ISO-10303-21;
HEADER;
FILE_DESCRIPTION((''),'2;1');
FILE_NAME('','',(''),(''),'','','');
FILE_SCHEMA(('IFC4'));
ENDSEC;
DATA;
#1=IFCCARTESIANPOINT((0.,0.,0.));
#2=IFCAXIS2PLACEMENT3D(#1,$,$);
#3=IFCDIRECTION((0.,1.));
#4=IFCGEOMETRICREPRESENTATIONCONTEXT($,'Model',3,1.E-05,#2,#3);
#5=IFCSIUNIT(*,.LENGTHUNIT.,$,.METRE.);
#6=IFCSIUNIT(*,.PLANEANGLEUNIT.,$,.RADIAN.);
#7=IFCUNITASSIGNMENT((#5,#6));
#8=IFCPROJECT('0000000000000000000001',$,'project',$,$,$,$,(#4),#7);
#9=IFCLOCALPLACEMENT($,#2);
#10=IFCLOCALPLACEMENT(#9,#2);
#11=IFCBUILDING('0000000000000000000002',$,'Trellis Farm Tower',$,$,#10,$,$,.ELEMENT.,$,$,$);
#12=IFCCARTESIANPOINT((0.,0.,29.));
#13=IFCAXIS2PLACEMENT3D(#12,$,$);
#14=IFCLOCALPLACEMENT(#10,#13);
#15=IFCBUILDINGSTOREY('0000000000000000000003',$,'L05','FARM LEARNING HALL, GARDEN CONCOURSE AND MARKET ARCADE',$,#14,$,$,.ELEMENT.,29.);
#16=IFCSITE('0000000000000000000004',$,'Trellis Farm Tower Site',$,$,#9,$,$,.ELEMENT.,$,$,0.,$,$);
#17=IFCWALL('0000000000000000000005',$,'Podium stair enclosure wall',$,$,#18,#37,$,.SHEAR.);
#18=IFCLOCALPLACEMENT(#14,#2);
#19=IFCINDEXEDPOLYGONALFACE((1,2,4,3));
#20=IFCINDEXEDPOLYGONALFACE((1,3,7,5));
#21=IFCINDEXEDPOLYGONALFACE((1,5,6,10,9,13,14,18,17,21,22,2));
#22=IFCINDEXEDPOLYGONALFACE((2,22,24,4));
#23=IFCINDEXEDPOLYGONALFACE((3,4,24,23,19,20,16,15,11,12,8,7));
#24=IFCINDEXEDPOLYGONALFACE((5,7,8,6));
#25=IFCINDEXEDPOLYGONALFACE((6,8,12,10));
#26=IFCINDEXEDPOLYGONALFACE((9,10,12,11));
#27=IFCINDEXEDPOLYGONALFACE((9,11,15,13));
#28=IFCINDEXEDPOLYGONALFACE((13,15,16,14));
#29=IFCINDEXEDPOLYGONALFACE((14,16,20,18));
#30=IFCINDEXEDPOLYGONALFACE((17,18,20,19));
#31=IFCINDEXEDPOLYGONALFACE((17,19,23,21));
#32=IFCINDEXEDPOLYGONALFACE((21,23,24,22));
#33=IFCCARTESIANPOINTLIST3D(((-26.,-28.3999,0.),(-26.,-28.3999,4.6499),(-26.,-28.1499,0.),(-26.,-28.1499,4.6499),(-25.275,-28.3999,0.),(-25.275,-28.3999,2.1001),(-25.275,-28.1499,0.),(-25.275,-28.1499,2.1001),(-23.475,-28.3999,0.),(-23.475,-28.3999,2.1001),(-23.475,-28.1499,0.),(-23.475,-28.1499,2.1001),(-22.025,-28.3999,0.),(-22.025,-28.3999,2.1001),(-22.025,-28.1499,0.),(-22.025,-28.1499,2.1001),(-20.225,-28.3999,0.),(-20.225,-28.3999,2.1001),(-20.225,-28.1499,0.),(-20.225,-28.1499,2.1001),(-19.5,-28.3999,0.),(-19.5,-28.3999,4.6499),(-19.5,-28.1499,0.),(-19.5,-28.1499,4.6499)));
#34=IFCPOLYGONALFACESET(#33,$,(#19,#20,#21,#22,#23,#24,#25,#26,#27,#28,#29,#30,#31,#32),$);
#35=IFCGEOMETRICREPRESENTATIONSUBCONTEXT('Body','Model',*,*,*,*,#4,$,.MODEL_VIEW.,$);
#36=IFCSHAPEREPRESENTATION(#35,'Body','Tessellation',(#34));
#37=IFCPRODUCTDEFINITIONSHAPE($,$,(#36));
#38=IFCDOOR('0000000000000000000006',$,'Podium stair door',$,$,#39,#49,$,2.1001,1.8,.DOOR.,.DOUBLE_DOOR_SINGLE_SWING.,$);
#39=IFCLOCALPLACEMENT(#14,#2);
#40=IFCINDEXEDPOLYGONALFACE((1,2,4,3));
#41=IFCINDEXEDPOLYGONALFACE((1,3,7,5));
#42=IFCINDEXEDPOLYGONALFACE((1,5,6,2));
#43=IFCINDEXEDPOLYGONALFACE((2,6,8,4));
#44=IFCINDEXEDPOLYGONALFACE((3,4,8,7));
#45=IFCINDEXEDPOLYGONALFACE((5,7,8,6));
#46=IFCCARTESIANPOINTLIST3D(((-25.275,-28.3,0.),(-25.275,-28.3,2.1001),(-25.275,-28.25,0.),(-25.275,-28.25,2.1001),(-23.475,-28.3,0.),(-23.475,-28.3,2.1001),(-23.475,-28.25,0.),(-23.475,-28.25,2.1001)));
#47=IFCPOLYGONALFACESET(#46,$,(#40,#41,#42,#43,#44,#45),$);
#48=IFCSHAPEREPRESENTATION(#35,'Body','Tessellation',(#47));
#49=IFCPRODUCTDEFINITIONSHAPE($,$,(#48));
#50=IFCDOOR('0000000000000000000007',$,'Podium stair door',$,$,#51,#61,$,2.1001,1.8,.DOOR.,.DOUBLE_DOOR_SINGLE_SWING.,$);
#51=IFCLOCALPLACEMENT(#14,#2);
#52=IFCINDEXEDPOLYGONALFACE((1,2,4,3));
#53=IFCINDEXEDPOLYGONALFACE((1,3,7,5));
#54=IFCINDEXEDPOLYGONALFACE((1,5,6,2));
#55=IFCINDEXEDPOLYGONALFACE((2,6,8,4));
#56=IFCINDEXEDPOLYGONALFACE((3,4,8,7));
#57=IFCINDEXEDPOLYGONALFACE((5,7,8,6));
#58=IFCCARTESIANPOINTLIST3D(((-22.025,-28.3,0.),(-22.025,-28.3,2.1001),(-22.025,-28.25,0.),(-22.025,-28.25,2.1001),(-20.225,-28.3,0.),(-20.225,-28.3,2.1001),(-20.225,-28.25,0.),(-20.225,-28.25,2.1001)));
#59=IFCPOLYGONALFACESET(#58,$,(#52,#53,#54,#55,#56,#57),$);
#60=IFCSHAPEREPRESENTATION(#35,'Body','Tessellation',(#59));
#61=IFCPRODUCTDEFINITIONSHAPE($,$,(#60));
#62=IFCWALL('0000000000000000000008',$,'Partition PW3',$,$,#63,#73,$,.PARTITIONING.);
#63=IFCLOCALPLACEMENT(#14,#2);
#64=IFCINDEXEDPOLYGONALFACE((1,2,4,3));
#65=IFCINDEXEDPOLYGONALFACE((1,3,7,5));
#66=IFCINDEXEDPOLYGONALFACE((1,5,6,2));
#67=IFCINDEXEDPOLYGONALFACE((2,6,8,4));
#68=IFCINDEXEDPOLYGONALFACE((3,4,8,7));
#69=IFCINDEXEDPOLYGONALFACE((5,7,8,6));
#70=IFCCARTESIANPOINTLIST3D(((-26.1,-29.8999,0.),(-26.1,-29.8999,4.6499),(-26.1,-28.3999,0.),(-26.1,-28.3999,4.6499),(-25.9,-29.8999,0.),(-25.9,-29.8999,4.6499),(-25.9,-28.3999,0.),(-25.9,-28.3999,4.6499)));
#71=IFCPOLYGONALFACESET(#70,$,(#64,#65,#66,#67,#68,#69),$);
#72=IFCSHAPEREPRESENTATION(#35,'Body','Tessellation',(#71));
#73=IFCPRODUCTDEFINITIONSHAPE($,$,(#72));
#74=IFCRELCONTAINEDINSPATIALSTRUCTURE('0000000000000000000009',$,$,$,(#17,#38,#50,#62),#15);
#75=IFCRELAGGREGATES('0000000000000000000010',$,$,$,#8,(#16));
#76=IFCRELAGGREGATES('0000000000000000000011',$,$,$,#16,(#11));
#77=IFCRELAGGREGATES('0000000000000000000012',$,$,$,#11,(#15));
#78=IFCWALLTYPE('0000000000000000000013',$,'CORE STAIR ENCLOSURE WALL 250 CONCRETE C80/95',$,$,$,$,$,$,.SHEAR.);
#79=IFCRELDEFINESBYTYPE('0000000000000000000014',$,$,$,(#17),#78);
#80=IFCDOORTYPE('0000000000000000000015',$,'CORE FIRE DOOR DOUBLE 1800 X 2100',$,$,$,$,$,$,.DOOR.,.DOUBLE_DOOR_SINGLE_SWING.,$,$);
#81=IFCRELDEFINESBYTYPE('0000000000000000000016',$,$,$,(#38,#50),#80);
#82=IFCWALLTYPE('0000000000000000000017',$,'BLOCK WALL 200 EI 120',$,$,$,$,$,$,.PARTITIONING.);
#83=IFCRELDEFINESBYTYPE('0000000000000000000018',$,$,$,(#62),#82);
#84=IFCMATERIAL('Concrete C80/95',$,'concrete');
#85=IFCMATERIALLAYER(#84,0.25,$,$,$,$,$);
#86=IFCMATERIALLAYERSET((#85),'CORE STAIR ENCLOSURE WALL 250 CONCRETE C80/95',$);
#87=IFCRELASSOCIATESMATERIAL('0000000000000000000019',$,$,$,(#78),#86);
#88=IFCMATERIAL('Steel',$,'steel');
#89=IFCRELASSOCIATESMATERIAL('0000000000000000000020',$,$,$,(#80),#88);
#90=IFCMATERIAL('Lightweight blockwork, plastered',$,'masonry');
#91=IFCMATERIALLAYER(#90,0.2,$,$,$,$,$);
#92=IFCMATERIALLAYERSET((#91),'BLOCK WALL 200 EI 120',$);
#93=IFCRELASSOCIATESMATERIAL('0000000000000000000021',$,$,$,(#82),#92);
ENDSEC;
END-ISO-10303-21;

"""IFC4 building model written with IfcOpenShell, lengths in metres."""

from ifc_helpers import new_model, si_unit, direction, frame, frame_2d, origin, place, context, subcontext, project, spatial, rectangle, extrude, source, transform, mapped, material, layer, layer_set, type_object, element, fill, save


model = new_model("IFC4")

# Units and contexts
model_context = context("Model", 3, precision=1e-05, world=origin(), true_north=direction((0.0, 1.0)))
body_context = subcontext(model_context, "Body", "Model", "MODEL_VIEW")
ifc_project = project(units=[si_unit("LENGTHUNIT", "METRE"), si_unit("PLANEANGLEUNIT", "RADIAN")], contexts=[model_context])

# Site, building, storey
site_placement = place(None, origin())
site = spatial("IfcSite", under=ifc_project, at=site_placement, Name="Trellis Farm Tower Site", CompositionType="ELEMENT", RefElevation=0.0)
building_placement = place(site_placement, origin())
building = spatial("IfcBuilding", under=site, at=building_placement, Name="Trellis Farm Tower", CompositionType="ELEMENT")
storey_placement = place(building_placement, frame((0.0, 0.0, 29.0)))
storey = spatial("IfcBuildingStorey", under=building, at=storey_placement, Name="L05", Description="FARM LEARNING HALL, GARDEN CONCOURSE AND MARKET ARCADE", CompositionType="ELEMENT", Elevation=29.0)

# Wall, openings, doors
ifc_material_1 = material(Name="Concrete C80/95", Category="concrete")
ifc_layer_1 = layer(ifc_material_1, 0.25)
ifc_layer_set_1 = layer_set([ifc_layer_1], Name="CORE STAIR ENCLOSURE WALL 250 CONCRETE C80/95")
wall_type_1 = type_object("IfcWallType", Name="CORE STAIR ENCLOSURE WALL 250 CONCRETE C80/95", PredefinedType="SHEAR", material=ifc_layer_set_1)
shared_shape_1 = source(origin(), body_context, "Body", "SweptSolid", [
    extrude(rectangle(XDim=6.5, YDim=0.25, at=frame_2d((3.25, 0.0))), origin(), (0.0, 0.0, 1.0), 4.6499),
])
wall_1_placement = place(storey_placement, frame((-26.0, -28.2749, 0.0), z_axis=(0.0, 0.0, 1.0), x_axis=(1.0, 0.0, 0.0)))
wall_1 = element("IfcWall", 1, at=wall_1_placement, inside=storey, type_object=wall_type_1, Name="Podium stair enclosure wall", PredefinedType="SHEAR", context=body_context, shape_type="MappedRepresentation", body=[
    mapped(shared_shape_1, transform((0.0, 0.0, 0.0))),
])
shared_shape_2 = source(origin(), body_context, "Body", "SweptSolid", [
    extrude(rectangle(XDim=1.8, YDim=2.1001, at=frame_2d((0.8999, 1.05))), frame((0.0, 0.135, 0.0), z_axis=(0.0, -1.0, 0.0), x_axis=(1.0, 0.0, 0.0)), (0.0, 0.0, 1.0), 0.27),
])
opening_1_placement = place(wall_1_placement, frame((0.7251, 0.0, 0.0)))
opening_1 = element("IfcOpeningElement", 2, at=opening_1_placement, cuts=wall_1, PredefinedType="OPENING", context=body_context, shape_type="MappedRepresentation", body=[
    mapped(shared_shape_2, transform((0.0, 0.0, 0.0))),
])
opening_2_placement = place(wall_1_placement, frame((3.9751, 0.0, 0.0)))
opening_2 = element("IfcOpeningElement", 3, at=opening_2_placement, cuts=wall_1, PredefinedType="OPENING", context=body_context, shape_type="MappedRepresentation", body=[
    mapped(shared_shape_2, transform((0.0, 0.0, 0.0))),
])
ifc_material_2 = material(Name="Steel", Category="steel")
door_type = type_object("IfcDoorType", Name="CORE FIRE DOOR DOUBLE 1800 X 2100", OperationType="DOUBLE_DOOR_SINGLE_SWING", PredefinedType="DOOR", material=ifc_material_2)
shared_shape_3 = source(origin(), body_context, "Body", "SweptSolid", [
    extrude(rectangle(XDim=1.8, YDim=2.1001, at=frame_2d((0.8999, 1.05))), frame((0.0, 0.0249, 0.0), z_axis=(0.0, -1.0, 0.0), x_axis=(1.0, 0.0, 0.0)), (0.0, 0.0, 1.0), 0.05),
])
door_1_placement = place(opening_1_placement, origin())
door_1 = element("IfcDoor", 4, at=door_1_placement, inside=storey, type_object=door_type, Name="Podium stair door", OperationType="DOUBLE_DOOR_SINGLE_SWING", OverallHeight=2.1001, OverallWidth=1.8, PredefinedType="DOOR", context=body_context, shape_type="MappedRepresentation", body=[
    mapped(shared_shape_3, transform((0.0, 0.0, 0.0))),
])
fill(opening_1, door_1)
door_2_placement = place(opening_2_placement, origin())
door_2 = element("IfcDoor", 5, at=door_2_placement, inside=storey, type_object=door_type, Name="Podium stair door", OperationType="DOUBLE_DOOR_SINGLE_SWING", OverallHeight=2.1001, OverallWidth=1.8, PredefinedType="DOOR", context=body_context, shape_type="MappedRepresentation", body=[
    mapped(shared_shape_3, transform((0.0, 0.0, 0.0))),
])
fill(opening_2, door_2)

# Wall
ifc_material_3 = material(Name="Lightweight blockwork, plastered", Category="masonry")
ifc_layer_2 = layer(ifc_material_3, 0.2)
ifc_layer_set_2 = layer_set([ifc_layer_2], Name="BLOCK WALL 200 EI 120")
wall_type_2 = type_object("IfcWallType", Name="BLOCK WALL 200 EI 120", PredefinedType="PARTITIONING", material=ifc_layer_set_2)
shared_shape_4 = source(origin(), body_context, "Body", "SweptSolid", [
    extrude(rectangle(XDim=1.5, YDim=0.2, at=frame_2d((0.75, 0.0))), origin(), (0.0, 0.0, 1.0), 4.6499),
])
wall_2_placement = place(storey_placement, frame((-26.0, -29.8999, 0.0), z_axis=(0.0, 0.0, 1.0), x_axis=(0.0, 1.0, 0.0)))
element("IfcWall", 6, at=wall_2_placement, inside=storey, type_object=wall_type_2, Name="Partition PW3", PredefinedType="PARTITIONING", context=body_context, shape_type="MappedRepresentation", body=[
    mapped(shared_shape_4, transform((0.0, 0.0, 0.0))),
])

save(model, "model.ifc")
